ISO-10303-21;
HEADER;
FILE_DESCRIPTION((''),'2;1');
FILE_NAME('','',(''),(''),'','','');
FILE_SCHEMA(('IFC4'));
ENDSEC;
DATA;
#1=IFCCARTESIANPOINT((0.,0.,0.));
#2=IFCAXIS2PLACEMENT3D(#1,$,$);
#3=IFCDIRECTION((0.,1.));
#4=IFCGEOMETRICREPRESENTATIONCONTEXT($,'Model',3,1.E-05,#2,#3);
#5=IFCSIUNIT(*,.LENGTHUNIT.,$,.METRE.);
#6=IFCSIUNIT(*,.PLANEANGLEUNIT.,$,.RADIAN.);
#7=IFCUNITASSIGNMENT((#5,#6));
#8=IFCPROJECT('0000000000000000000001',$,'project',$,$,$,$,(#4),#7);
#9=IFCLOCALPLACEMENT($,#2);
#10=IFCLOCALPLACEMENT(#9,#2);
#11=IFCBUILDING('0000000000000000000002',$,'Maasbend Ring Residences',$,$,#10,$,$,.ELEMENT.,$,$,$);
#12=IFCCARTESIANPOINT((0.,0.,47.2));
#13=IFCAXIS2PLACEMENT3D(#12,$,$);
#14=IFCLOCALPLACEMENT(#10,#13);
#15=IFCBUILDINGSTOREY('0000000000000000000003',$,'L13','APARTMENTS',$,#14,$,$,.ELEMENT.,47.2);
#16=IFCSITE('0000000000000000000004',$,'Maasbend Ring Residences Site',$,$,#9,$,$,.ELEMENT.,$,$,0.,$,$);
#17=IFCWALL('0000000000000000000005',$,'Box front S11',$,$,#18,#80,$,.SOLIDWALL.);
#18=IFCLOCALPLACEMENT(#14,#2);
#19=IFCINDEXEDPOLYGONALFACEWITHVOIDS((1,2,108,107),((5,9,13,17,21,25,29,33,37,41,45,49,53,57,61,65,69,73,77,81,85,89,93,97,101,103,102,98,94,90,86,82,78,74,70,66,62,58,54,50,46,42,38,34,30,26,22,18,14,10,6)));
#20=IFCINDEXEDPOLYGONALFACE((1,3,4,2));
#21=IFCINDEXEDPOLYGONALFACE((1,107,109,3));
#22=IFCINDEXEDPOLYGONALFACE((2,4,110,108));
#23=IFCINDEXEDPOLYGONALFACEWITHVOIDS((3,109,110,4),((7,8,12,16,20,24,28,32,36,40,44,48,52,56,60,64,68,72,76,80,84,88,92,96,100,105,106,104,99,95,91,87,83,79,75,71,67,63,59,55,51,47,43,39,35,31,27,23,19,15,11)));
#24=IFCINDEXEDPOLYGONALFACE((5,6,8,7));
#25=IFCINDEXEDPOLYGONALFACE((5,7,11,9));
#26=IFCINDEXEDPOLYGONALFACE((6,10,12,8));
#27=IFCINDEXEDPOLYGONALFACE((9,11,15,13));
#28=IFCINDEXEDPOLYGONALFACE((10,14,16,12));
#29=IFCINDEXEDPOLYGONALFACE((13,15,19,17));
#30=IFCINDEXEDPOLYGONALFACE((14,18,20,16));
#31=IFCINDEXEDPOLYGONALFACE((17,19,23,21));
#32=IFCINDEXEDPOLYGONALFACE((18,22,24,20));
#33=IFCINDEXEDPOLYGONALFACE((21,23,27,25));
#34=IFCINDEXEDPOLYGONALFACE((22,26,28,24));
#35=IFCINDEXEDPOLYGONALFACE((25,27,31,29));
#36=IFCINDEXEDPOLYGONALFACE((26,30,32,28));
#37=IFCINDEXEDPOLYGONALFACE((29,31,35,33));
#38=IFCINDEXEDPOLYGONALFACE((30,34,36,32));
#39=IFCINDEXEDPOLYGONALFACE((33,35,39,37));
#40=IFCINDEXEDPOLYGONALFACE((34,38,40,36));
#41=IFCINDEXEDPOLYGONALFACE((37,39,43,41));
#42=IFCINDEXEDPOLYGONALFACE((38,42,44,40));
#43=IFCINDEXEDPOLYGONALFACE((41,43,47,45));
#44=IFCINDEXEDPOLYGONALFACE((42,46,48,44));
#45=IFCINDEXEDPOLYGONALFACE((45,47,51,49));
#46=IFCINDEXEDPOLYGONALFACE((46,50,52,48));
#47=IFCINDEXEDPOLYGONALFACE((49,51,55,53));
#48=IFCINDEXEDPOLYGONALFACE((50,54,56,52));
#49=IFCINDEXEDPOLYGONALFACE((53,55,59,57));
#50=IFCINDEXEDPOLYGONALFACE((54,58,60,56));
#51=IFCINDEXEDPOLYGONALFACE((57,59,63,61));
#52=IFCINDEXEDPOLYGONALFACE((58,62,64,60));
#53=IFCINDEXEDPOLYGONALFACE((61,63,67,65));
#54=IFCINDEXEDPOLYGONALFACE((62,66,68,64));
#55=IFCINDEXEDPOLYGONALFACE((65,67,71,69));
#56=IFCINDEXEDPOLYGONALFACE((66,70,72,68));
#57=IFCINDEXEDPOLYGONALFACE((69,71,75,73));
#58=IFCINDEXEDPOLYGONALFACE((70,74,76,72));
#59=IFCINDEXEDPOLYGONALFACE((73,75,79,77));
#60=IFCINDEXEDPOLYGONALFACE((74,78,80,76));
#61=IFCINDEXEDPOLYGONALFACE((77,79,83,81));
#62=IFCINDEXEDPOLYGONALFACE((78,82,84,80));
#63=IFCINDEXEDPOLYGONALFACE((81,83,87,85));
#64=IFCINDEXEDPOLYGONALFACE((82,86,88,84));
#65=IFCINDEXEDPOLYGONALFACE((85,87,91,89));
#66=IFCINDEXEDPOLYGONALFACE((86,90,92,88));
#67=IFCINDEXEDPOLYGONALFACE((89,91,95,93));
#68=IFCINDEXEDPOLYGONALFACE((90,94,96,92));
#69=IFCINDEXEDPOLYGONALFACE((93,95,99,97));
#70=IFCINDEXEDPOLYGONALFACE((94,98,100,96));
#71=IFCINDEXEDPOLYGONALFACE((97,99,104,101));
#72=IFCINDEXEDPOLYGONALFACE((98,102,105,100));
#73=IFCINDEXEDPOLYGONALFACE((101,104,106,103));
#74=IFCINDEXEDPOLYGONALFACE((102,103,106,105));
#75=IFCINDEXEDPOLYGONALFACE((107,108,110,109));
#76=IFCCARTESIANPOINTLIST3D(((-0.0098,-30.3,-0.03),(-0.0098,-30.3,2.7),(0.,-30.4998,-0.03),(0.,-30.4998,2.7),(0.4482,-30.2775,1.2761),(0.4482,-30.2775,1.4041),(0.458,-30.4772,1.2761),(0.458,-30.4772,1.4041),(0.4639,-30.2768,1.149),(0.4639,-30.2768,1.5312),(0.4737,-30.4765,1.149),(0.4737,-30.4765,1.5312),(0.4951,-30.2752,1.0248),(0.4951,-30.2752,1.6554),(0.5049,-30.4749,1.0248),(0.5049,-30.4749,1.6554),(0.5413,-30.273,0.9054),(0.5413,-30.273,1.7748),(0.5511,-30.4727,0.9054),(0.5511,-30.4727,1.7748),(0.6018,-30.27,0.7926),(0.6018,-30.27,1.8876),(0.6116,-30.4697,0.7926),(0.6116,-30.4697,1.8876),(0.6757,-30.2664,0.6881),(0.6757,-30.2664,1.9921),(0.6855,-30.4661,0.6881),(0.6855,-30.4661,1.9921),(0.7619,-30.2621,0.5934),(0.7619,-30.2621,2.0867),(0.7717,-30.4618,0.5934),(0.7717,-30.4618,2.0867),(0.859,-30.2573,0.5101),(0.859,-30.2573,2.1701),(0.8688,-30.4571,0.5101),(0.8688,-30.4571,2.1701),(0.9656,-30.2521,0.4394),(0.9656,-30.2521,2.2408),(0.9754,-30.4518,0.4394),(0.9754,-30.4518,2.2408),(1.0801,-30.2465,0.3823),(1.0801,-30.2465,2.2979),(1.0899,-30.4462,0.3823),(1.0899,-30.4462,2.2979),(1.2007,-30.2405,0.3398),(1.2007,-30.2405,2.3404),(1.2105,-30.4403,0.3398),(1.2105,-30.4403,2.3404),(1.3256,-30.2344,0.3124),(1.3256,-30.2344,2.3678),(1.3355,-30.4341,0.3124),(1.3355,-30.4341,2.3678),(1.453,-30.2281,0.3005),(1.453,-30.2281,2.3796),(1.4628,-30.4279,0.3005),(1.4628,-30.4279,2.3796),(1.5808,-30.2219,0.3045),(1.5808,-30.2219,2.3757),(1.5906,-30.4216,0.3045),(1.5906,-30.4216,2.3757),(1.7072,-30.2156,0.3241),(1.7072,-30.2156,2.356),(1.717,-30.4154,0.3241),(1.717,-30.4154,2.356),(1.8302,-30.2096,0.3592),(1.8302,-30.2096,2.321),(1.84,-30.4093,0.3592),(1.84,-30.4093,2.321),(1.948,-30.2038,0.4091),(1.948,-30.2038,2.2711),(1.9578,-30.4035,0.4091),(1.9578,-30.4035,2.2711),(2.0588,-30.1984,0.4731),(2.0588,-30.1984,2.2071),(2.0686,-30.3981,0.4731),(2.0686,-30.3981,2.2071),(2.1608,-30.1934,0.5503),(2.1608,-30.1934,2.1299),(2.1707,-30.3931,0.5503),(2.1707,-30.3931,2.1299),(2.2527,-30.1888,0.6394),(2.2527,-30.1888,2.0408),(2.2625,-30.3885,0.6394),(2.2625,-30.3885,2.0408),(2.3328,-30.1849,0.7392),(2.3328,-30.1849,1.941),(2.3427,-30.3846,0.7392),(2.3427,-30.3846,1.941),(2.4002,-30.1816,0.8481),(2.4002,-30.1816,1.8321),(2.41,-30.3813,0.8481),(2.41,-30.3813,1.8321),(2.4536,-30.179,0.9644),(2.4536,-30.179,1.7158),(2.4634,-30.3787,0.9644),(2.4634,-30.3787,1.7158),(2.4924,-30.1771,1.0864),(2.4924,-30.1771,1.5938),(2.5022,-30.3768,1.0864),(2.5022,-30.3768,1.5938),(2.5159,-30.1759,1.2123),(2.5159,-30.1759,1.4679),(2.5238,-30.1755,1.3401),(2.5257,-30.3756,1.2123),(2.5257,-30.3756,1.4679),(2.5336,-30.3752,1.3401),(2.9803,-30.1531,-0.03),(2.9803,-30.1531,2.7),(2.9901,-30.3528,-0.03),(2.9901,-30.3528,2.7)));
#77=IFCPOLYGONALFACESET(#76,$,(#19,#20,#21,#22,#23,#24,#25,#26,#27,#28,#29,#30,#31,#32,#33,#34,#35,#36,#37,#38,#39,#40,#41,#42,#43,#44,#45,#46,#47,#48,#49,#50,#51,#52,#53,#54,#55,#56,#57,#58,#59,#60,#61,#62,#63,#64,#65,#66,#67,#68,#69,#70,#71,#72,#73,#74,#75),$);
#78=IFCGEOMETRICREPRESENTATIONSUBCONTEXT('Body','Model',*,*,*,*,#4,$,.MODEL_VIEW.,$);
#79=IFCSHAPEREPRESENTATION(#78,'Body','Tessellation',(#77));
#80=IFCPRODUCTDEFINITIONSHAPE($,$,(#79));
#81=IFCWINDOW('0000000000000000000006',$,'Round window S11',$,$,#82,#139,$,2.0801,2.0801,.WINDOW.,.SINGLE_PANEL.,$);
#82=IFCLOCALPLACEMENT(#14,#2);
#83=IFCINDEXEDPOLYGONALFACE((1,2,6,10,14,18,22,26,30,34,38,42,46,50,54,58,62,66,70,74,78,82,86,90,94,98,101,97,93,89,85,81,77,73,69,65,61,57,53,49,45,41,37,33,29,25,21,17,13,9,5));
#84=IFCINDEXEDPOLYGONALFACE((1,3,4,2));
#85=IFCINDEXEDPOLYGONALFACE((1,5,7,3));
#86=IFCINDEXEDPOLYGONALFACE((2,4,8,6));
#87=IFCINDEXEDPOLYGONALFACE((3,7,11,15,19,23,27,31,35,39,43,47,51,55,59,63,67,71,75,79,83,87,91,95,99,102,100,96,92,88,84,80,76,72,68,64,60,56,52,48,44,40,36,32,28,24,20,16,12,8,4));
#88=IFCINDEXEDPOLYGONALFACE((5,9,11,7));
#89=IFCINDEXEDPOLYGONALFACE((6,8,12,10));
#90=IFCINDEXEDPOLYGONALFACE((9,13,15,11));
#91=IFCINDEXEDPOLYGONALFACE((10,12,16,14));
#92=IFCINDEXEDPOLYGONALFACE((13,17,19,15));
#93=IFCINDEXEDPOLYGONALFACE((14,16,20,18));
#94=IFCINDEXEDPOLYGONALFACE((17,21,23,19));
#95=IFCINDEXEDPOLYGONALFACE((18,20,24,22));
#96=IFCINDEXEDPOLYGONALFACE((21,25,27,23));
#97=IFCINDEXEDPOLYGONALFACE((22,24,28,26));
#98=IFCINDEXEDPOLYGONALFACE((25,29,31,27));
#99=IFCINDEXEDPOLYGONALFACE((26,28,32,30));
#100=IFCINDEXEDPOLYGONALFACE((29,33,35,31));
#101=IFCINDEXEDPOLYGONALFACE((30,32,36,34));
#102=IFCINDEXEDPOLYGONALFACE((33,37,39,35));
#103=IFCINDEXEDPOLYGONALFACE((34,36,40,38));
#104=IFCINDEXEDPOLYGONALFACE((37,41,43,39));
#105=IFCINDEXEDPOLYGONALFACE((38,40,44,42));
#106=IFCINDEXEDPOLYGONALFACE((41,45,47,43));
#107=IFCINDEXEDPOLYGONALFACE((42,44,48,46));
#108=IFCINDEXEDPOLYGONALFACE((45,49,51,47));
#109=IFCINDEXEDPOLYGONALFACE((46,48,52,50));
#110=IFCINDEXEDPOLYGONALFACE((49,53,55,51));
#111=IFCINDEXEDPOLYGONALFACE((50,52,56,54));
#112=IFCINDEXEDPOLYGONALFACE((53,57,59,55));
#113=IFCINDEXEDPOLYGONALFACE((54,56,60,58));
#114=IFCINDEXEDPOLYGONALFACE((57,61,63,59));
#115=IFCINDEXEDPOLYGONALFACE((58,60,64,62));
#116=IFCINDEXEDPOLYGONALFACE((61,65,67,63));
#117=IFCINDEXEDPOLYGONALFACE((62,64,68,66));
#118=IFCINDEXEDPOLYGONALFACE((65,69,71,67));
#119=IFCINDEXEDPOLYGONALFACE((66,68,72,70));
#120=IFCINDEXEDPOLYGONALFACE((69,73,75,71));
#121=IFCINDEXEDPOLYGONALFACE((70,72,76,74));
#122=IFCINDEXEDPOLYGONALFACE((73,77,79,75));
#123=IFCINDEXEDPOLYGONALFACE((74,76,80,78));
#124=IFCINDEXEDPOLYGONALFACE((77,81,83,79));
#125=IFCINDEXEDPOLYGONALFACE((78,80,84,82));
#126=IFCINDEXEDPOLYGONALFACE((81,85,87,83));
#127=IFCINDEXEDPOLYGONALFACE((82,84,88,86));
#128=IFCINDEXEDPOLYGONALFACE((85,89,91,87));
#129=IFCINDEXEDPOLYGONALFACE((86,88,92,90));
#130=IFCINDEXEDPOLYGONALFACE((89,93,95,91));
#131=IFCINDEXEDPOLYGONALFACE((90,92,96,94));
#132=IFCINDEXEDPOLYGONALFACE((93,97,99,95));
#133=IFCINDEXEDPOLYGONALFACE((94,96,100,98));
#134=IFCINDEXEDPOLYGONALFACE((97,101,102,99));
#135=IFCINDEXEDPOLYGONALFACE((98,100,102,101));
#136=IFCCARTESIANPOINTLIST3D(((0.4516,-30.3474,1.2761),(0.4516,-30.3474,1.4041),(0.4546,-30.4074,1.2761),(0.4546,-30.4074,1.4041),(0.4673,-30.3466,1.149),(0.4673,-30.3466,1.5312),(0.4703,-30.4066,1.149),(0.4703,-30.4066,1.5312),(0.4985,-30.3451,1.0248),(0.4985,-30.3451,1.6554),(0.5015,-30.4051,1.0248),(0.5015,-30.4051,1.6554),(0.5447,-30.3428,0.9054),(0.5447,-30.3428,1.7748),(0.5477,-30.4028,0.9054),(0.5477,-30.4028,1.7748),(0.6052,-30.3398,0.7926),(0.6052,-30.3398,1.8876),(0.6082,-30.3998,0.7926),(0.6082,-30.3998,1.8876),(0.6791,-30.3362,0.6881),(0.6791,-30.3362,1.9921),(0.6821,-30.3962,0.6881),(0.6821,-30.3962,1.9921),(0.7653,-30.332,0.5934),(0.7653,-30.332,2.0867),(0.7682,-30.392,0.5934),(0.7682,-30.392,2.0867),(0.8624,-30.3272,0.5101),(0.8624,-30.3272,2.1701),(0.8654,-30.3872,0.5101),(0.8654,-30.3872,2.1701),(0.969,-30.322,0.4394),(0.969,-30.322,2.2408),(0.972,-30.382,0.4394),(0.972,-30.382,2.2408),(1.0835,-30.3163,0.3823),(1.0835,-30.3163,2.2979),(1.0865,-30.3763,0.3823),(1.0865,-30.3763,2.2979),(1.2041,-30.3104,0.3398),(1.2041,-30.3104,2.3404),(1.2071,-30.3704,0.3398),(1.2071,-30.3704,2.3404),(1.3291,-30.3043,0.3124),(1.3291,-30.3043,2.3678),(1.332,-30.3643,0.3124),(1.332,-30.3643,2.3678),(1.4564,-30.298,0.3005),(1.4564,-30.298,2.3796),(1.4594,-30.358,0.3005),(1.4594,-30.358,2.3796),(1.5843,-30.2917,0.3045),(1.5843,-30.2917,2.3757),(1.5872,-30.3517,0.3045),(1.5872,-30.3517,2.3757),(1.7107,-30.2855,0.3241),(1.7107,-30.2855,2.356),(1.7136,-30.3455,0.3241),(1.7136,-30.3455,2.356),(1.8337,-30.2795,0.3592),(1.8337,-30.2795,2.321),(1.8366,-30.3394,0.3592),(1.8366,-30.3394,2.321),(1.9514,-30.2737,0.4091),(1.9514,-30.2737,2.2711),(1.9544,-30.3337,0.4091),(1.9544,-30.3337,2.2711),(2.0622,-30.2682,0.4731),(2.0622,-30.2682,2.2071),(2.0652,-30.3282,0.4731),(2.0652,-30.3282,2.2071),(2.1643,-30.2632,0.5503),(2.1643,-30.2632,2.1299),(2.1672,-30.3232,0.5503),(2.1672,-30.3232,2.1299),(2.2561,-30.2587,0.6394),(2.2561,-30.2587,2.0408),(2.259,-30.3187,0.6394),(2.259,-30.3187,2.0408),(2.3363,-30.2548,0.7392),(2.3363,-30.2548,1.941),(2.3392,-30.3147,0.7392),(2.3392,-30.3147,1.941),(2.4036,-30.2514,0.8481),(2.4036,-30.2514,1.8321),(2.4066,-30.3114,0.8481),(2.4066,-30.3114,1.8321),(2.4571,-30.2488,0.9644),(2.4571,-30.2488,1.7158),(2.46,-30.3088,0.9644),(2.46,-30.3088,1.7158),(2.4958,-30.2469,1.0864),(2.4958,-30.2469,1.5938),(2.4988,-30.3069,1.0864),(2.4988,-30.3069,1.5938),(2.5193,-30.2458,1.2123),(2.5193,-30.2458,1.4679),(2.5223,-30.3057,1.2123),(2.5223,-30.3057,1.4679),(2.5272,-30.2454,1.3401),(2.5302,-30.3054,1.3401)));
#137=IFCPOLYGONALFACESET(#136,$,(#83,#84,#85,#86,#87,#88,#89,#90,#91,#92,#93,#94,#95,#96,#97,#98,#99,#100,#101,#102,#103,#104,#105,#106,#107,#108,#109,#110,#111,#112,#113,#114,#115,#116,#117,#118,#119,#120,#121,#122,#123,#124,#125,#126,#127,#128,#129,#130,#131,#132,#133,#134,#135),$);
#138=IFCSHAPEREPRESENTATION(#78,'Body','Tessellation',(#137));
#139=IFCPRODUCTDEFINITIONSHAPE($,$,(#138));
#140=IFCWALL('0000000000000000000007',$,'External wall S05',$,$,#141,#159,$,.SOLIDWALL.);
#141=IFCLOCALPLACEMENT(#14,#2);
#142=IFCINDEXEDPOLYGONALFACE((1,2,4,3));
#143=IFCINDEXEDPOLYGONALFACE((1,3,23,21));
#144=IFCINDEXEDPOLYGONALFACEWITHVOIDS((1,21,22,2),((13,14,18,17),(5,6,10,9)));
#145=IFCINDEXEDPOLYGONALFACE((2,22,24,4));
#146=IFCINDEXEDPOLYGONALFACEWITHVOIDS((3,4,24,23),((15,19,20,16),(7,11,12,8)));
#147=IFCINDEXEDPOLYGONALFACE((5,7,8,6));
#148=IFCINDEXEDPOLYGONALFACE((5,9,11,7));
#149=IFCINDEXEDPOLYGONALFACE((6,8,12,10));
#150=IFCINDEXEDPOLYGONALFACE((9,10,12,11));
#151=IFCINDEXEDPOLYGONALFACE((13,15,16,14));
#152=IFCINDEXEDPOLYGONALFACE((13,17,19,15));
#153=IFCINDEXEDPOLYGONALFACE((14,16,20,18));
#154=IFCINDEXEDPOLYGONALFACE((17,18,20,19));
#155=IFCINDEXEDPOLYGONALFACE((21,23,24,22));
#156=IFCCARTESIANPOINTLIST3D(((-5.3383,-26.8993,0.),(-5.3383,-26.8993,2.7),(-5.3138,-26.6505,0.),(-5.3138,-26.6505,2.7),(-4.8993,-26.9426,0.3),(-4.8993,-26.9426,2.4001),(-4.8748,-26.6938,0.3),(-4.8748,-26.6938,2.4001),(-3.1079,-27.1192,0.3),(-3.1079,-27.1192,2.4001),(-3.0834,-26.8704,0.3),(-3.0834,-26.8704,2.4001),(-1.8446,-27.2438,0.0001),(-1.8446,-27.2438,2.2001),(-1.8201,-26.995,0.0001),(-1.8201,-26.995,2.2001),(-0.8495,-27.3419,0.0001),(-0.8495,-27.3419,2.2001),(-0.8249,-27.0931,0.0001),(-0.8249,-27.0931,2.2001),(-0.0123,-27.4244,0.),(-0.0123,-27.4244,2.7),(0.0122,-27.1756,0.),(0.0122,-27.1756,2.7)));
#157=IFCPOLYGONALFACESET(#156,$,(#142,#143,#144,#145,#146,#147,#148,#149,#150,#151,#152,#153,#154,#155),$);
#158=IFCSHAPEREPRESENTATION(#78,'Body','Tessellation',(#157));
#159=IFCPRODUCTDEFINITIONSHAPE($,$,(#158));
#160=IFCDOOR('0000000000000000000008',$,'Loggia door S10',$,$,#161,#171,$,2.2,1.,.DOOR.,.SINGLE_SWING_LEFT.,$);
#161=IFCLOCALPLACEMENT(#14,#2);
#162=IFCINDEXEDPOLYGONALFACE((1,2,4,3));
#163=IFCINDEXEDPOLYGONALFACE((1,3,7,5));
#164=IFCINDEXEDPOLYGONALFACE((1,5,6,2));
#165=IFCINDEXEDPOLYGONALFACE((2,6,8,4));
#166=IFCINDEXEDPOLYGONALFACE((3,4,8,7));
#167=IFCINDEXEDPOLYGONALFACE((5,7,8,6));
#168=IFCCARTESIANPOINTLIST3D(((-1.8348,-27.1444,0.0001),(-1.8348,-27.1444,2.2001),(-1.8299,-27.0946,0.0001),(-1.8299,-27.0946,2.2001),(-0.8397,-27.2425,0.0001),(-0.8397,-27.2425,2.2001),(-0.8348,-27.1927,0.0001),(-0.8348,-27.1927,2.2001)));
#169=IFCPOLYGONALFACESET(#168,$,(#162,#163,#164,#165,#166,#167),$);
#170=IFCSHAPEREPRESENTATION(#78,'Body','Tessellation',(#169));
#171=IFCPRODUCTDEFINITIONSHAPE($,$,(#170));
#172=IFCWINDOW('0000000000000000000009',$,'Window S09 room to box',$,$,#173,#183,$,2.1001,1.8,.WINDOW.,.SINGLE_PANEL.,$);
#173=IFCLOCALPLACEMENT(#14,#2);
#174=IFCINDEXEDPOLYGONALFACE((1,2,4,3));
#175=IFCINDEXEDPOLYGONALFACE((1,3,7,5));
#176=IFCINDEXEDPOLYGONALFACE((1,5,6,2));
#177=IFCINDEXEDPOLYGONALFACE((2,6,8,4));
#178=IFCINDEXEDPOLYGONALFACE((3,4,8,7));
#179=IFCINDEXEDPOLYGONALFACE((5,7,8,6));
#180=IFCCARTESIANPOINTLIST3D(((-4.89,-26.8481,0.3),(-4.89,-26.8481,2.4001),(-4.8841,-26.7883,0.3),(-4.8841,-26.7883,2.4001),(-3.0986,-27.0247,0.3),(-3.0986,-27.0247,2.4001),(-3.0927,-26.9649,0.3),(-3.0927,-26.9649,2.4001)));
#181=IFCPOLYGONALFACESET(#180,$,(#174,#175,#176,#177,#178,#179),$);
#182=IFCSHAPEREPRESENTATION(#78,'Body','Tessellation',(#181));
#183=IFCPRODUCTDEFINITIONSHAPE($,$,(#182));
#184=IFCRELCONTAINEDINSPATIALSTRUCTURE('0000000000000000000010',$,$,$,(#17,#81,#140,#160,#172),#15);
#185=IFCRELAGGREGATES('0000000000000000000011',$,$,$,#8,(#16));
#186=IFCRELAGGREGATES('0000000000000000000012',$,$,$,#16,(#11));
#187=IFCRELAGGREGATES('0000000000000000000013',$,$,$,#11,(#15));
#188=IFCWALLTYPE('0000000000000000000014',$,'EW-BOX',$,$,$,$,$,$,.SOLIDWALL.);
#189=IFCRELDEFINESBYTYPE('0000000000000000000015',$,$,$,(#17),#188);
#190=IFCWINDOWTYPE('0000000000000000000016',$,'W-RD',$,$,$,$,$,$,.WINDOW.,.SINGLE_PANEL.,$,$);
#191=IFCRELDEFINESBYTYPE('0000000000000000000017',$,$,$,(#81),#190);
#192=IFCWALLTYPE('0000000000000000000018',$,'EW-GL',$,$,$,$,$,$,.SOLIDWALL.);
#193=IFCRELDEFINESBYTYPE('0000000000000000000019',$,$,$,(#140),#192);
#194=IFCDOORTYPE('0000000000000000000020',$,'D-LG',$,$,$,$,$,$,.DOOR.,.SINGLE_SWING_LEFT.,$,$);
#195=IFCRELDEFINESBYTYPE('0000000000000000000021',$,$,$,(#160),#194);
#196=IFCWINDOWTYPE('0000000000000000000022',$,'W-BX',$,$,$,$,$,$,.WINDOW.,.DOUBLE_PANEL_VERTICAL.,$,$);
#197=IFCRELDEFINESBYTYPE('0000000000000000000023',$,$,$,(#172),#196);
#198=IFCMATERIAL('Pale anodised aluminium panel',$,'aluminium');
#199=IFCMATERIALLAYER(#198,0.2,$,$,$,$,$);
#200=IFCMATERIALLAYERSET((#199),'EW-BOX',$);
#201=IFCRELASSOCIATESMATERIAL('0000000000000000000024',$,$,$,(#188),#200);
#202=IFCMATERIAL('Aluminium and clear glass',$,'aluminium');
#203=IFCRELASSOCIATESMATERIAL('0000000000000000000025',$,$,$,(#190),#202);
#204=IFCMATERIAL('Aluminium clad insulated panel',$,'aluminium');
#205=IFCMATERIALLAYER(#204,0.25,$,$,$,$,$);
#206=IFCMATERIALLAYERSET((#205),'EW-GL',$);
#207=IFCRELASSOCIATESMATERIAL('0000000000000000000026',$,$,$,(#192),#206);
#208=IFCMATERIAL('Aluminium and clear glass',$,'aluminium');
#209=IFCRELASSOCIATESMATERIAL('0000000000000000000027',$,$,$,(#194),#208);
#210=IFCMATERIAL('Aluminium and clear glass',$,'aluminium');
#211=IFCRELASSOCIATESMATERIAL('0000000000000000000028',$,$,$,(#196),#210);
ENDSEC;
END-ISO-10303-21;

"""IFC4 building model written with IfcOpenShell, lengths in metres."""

from ifc_helpers import new_model, si_unit, direction, frame, frame_2d, origin, place, context, subcontext, project, spatial, rectangle, circle, extrude, material, layer, layer_set, type_object, element, fill, save


model = new_model("IFC4")

# Units and contexts
model_context = context("Model", 3, precision=1e-05, world=origin(), true_north=direction((0.0, 1.0)))
body_context = subcontext(model_context, "Body", "Model", "MODEL_VIEW")
ifc_project = project(units=[si_unit("LENGTHUNIT", "METRE"), si_unit("PLANEANGLEUNIT", "RADIAN")], contexts=[model_context])

# Site, building, storey
site_placement = place(None, origin())
site = spatial("IfcSite", under=ifc_project, at=site_placement, Name="Maasbend Ring Residences Site", CompositionType="ELEMENT", RefElevation=0.0)
building_placement = place(site_placement, origin())
building = spatial("IfcBuilding", under=site, at=building_placement, Name="Maasbend Ring Residences", CompositionType="ELEMENT")
storey_placement = place(building_placement, frame((0.0, 0.0, 47.2)))
storey = spatial("IfcBuildingStorey", under=building, at=storey_placement, Name="L13", Description="APARTMENTS", CompositionType="ELEMENT", Elevation=47.2)

# Shared definitions
ifc_material_1 = material(Name="Pale anodised aluminium panel", Category="aluminium")
ifc_layer_1 = layer(ifc_material_1, 0.2)
ifc_layer_set_1 = layer_set([ifc_layer_1], Name="EW-BOX")
wall_type_1 = type_object("IfcWallType", Name="EW-BOX", PredefinedType="SOLIDWALL", material=ifc_layer_set_1)

# Shared definitions
ifc_material_2 = material(Name="Aluminium and clear glass", Category="aluminium")
window_type_1 = type_object("IfcWindowType", Name="W-RD", PartitioningType="SINGLE_PANEL", PredefinedType="WINDOW", material=ifc_material_2)

# Wall, opening, window
wall_1_placement = place(storey_placement, frame((-0.0049, -30.3999, -0.03), z_axis=(0.0, 0.0, 1.0), x_axis=(0.998794, 0.049096, 0.0)))
wall_1 = element("IfcWall", 1, at=wall_1_placement, inside=storey, type_object=wall_type_1, Name="Box front S11", PredefinedType="SOLIDWALL", context=body_context, shape_type="SweptSolid", body=[
    extrude(rectangle(XDim=2.9937, YDim=0.2, at=frame_2d((1.4968, 0.0))), origin(), (0.0, 0.0, 1.0), 2.73),
])
opening_1_placement = place(wall_1_placement, frame((0.4565, 0.0, 0.3301)))
opening_1 = element("IfcOpeningElement", 2, at=opening_1_placement, cuts=wall_1, PredefinedType="OPENING", context=body_context, shape_type="SweptSolid", body=[
    extrude(circle(Radius=1.04, at=frame_2d((1.04, 1.04))), frame((0.0, 0.1099, 0.0), z_axis=(0.0, -1.0, 0.0), x_axis=(1.0, 0.0, 0.0)), (0.0, 0.0, 1.0), 0.22),
])
window_1_placement = place(opening_1_placement, origin())
window_1 = element("IfcWindow", 3, at=window_1_placement, inside=storey, type_object=window_type_1, Name="Round window S11", OverallHeight=2.0801, OverallWidth=2.0801, PartitioningType="SINGLE_PANEL", PredefinedType="WINDOW", context=body_context, shape_type="SweptSolid", body=[
    extrude(circle(Radius=1.04, at=frame_2d((1.04, 1.04))), frame((0.0, 0.03, 0.0), z_axis=(0.0, -1.0, 0.0), x_axis=(1.0, 0.0, 0.0)), (0.0, 0.0, 1.0), 0.0601),
])
fill(opening_1, window_1)

# Wall, openings, door, window
ifc_material_3 = material(Name="Aluminium clad insulated panel", Category="aluminium")
ifc_layer_2 = layer(ifc_material_3, 0.25)
ifc_layer_set_2 = layer_set([ifc_layer_2], Name="EW-GL")
wall_type_2 = type_object("IfcWallType", Name="EW-GL", PredefinedType="SOLIDWALL", material=ifc_layer_set_2)
wall_2_placement = place(storey_placement, frame((-5.3259, -26.7749, 0.0), z_axis=(0.0, 0.0, 1.0), x_axis=(0.995174, -0.098126, 0.0)))
wall_2 = element("IfcWall", 4, at=wall_2_placement, inside=storey, type_object=wall_type_2, Name="External wall S05", PredefinedType="SOLIDWALL", context=body_context, shape_type="SweptSolid", body=[
    extrude(rectangle(XDim=5.3518, YDim=0.25, at=frame_2d((2.6758, 0.0))), origin(), (0.0, 0.0, 1.0), 2.7),
])
opening_2_placement = place(wall_2_placement, frame((0.4412, 0.0, 0.3)))
opening_2 = element("IfcOpeningElement", 5, at=opening_2_placement, cuts=wall_2, PredefinedType="OPENING", context=body_context, shape_type="SweptSolid", body=[
    extrude(rectangle(XDim=1.8, YDim=2.1001, at=frame_2d((0.8999, 1.05))), frame((0.0, 0.135, 0.0), z_axis=(0.0, -1.0, 0.0), x_axis=(1.0, 0.0, 0.0)), (0.0, 0.0, 1.0), 0.27),
])
opening_3_placement = place(wall_2_placement, frame((3.5105, 0.0, 0.0)))
opening_3 = element("IfcOpeningElement", 6, at=opening_3_placement, cuts=wall_2, PredefinedType="OPENING", context=body_context, shape_type="SweptSolid", body=[
    extrude(rectangle(XDim=1.0, YDim=2.2, at=frame_2d((0.5, 1.1001))), frame((0.0, 0.135, 0.0), z_axis=(0.0, -1.0, 0.0), x_axis=(1.0, 0.0, 0.0)), (0.0, 0.0, 1.0), 0.27),
])
ifc_material_4 = material(Name="Aluminium and clear glass", Category="aluminium")
door_type_1 = type_object("IfcDoorType", Name="D-LG", OperationType="SINGLE_SWING_LEFT", PredefinedType="DOOR", material=ifc_material_4)
door_1_placement = place(opening_3_placement, origin())
door_1 = element("IfcDoor", 7, at=door_1_placement, inside=storey, type_object=door_type_1, Name="Loggia door S10", OperationType="SINGLE_SWING_LEFT", OverallHeight=2.2, OverallWidth=1.0, PredefinedType="DOOR", context=body_context, shape_type="SweptSolid", body=[
    extrude(rectangle(XDim=1.0, YDim=2.2, at=frame_2d((0.5, 1.1001))), frame((0.0, 0.0249, 0.0), z_axis=(0.0, -1.0, 0.0), x_axis=(1.0, 0.0, 0.0)), (0.0, 0.0, 1.0), 0.05),
])
fill(opening_3, door_1)
ifc_material_5 = material(Name="Aluminium and clear glass", Category="aluminium")
window_type_2 = type_object("IfcWindowType", Name="W-BX", PartitioningType="DOUBLE_PANEL_VERTICAL", PredefinedType="WINDOW", material=ifc_material_5)
window_2_placement = place(opening_2_placement, origin())
window_2 = element("IfcWindow", 8, at=window_2_placement, inside=storey, type_object=window_type_2, Name="Window S09 room to box", OverallHeight=2.1001, OverallWidth=1.8, PartitioningType="SINGLE_PANEL", PredefinedType="WINDOW", context=body_context, shape_type="SweptSolid", body=[
    extrude(rectangle(XDim=1.8, YDim=2.1001, at=frame_2d((0.8999, 1.05))), frame((0.0, 0.03, 0.0), z_axis=(0.0, -1.0, 0.0), x_axis=(1.0, 0.0, 0.0)), (0.0, 0.0, 1.0), 0.0601),
])
fill(opening_2, window_2)

save(model, "model.ifc")
